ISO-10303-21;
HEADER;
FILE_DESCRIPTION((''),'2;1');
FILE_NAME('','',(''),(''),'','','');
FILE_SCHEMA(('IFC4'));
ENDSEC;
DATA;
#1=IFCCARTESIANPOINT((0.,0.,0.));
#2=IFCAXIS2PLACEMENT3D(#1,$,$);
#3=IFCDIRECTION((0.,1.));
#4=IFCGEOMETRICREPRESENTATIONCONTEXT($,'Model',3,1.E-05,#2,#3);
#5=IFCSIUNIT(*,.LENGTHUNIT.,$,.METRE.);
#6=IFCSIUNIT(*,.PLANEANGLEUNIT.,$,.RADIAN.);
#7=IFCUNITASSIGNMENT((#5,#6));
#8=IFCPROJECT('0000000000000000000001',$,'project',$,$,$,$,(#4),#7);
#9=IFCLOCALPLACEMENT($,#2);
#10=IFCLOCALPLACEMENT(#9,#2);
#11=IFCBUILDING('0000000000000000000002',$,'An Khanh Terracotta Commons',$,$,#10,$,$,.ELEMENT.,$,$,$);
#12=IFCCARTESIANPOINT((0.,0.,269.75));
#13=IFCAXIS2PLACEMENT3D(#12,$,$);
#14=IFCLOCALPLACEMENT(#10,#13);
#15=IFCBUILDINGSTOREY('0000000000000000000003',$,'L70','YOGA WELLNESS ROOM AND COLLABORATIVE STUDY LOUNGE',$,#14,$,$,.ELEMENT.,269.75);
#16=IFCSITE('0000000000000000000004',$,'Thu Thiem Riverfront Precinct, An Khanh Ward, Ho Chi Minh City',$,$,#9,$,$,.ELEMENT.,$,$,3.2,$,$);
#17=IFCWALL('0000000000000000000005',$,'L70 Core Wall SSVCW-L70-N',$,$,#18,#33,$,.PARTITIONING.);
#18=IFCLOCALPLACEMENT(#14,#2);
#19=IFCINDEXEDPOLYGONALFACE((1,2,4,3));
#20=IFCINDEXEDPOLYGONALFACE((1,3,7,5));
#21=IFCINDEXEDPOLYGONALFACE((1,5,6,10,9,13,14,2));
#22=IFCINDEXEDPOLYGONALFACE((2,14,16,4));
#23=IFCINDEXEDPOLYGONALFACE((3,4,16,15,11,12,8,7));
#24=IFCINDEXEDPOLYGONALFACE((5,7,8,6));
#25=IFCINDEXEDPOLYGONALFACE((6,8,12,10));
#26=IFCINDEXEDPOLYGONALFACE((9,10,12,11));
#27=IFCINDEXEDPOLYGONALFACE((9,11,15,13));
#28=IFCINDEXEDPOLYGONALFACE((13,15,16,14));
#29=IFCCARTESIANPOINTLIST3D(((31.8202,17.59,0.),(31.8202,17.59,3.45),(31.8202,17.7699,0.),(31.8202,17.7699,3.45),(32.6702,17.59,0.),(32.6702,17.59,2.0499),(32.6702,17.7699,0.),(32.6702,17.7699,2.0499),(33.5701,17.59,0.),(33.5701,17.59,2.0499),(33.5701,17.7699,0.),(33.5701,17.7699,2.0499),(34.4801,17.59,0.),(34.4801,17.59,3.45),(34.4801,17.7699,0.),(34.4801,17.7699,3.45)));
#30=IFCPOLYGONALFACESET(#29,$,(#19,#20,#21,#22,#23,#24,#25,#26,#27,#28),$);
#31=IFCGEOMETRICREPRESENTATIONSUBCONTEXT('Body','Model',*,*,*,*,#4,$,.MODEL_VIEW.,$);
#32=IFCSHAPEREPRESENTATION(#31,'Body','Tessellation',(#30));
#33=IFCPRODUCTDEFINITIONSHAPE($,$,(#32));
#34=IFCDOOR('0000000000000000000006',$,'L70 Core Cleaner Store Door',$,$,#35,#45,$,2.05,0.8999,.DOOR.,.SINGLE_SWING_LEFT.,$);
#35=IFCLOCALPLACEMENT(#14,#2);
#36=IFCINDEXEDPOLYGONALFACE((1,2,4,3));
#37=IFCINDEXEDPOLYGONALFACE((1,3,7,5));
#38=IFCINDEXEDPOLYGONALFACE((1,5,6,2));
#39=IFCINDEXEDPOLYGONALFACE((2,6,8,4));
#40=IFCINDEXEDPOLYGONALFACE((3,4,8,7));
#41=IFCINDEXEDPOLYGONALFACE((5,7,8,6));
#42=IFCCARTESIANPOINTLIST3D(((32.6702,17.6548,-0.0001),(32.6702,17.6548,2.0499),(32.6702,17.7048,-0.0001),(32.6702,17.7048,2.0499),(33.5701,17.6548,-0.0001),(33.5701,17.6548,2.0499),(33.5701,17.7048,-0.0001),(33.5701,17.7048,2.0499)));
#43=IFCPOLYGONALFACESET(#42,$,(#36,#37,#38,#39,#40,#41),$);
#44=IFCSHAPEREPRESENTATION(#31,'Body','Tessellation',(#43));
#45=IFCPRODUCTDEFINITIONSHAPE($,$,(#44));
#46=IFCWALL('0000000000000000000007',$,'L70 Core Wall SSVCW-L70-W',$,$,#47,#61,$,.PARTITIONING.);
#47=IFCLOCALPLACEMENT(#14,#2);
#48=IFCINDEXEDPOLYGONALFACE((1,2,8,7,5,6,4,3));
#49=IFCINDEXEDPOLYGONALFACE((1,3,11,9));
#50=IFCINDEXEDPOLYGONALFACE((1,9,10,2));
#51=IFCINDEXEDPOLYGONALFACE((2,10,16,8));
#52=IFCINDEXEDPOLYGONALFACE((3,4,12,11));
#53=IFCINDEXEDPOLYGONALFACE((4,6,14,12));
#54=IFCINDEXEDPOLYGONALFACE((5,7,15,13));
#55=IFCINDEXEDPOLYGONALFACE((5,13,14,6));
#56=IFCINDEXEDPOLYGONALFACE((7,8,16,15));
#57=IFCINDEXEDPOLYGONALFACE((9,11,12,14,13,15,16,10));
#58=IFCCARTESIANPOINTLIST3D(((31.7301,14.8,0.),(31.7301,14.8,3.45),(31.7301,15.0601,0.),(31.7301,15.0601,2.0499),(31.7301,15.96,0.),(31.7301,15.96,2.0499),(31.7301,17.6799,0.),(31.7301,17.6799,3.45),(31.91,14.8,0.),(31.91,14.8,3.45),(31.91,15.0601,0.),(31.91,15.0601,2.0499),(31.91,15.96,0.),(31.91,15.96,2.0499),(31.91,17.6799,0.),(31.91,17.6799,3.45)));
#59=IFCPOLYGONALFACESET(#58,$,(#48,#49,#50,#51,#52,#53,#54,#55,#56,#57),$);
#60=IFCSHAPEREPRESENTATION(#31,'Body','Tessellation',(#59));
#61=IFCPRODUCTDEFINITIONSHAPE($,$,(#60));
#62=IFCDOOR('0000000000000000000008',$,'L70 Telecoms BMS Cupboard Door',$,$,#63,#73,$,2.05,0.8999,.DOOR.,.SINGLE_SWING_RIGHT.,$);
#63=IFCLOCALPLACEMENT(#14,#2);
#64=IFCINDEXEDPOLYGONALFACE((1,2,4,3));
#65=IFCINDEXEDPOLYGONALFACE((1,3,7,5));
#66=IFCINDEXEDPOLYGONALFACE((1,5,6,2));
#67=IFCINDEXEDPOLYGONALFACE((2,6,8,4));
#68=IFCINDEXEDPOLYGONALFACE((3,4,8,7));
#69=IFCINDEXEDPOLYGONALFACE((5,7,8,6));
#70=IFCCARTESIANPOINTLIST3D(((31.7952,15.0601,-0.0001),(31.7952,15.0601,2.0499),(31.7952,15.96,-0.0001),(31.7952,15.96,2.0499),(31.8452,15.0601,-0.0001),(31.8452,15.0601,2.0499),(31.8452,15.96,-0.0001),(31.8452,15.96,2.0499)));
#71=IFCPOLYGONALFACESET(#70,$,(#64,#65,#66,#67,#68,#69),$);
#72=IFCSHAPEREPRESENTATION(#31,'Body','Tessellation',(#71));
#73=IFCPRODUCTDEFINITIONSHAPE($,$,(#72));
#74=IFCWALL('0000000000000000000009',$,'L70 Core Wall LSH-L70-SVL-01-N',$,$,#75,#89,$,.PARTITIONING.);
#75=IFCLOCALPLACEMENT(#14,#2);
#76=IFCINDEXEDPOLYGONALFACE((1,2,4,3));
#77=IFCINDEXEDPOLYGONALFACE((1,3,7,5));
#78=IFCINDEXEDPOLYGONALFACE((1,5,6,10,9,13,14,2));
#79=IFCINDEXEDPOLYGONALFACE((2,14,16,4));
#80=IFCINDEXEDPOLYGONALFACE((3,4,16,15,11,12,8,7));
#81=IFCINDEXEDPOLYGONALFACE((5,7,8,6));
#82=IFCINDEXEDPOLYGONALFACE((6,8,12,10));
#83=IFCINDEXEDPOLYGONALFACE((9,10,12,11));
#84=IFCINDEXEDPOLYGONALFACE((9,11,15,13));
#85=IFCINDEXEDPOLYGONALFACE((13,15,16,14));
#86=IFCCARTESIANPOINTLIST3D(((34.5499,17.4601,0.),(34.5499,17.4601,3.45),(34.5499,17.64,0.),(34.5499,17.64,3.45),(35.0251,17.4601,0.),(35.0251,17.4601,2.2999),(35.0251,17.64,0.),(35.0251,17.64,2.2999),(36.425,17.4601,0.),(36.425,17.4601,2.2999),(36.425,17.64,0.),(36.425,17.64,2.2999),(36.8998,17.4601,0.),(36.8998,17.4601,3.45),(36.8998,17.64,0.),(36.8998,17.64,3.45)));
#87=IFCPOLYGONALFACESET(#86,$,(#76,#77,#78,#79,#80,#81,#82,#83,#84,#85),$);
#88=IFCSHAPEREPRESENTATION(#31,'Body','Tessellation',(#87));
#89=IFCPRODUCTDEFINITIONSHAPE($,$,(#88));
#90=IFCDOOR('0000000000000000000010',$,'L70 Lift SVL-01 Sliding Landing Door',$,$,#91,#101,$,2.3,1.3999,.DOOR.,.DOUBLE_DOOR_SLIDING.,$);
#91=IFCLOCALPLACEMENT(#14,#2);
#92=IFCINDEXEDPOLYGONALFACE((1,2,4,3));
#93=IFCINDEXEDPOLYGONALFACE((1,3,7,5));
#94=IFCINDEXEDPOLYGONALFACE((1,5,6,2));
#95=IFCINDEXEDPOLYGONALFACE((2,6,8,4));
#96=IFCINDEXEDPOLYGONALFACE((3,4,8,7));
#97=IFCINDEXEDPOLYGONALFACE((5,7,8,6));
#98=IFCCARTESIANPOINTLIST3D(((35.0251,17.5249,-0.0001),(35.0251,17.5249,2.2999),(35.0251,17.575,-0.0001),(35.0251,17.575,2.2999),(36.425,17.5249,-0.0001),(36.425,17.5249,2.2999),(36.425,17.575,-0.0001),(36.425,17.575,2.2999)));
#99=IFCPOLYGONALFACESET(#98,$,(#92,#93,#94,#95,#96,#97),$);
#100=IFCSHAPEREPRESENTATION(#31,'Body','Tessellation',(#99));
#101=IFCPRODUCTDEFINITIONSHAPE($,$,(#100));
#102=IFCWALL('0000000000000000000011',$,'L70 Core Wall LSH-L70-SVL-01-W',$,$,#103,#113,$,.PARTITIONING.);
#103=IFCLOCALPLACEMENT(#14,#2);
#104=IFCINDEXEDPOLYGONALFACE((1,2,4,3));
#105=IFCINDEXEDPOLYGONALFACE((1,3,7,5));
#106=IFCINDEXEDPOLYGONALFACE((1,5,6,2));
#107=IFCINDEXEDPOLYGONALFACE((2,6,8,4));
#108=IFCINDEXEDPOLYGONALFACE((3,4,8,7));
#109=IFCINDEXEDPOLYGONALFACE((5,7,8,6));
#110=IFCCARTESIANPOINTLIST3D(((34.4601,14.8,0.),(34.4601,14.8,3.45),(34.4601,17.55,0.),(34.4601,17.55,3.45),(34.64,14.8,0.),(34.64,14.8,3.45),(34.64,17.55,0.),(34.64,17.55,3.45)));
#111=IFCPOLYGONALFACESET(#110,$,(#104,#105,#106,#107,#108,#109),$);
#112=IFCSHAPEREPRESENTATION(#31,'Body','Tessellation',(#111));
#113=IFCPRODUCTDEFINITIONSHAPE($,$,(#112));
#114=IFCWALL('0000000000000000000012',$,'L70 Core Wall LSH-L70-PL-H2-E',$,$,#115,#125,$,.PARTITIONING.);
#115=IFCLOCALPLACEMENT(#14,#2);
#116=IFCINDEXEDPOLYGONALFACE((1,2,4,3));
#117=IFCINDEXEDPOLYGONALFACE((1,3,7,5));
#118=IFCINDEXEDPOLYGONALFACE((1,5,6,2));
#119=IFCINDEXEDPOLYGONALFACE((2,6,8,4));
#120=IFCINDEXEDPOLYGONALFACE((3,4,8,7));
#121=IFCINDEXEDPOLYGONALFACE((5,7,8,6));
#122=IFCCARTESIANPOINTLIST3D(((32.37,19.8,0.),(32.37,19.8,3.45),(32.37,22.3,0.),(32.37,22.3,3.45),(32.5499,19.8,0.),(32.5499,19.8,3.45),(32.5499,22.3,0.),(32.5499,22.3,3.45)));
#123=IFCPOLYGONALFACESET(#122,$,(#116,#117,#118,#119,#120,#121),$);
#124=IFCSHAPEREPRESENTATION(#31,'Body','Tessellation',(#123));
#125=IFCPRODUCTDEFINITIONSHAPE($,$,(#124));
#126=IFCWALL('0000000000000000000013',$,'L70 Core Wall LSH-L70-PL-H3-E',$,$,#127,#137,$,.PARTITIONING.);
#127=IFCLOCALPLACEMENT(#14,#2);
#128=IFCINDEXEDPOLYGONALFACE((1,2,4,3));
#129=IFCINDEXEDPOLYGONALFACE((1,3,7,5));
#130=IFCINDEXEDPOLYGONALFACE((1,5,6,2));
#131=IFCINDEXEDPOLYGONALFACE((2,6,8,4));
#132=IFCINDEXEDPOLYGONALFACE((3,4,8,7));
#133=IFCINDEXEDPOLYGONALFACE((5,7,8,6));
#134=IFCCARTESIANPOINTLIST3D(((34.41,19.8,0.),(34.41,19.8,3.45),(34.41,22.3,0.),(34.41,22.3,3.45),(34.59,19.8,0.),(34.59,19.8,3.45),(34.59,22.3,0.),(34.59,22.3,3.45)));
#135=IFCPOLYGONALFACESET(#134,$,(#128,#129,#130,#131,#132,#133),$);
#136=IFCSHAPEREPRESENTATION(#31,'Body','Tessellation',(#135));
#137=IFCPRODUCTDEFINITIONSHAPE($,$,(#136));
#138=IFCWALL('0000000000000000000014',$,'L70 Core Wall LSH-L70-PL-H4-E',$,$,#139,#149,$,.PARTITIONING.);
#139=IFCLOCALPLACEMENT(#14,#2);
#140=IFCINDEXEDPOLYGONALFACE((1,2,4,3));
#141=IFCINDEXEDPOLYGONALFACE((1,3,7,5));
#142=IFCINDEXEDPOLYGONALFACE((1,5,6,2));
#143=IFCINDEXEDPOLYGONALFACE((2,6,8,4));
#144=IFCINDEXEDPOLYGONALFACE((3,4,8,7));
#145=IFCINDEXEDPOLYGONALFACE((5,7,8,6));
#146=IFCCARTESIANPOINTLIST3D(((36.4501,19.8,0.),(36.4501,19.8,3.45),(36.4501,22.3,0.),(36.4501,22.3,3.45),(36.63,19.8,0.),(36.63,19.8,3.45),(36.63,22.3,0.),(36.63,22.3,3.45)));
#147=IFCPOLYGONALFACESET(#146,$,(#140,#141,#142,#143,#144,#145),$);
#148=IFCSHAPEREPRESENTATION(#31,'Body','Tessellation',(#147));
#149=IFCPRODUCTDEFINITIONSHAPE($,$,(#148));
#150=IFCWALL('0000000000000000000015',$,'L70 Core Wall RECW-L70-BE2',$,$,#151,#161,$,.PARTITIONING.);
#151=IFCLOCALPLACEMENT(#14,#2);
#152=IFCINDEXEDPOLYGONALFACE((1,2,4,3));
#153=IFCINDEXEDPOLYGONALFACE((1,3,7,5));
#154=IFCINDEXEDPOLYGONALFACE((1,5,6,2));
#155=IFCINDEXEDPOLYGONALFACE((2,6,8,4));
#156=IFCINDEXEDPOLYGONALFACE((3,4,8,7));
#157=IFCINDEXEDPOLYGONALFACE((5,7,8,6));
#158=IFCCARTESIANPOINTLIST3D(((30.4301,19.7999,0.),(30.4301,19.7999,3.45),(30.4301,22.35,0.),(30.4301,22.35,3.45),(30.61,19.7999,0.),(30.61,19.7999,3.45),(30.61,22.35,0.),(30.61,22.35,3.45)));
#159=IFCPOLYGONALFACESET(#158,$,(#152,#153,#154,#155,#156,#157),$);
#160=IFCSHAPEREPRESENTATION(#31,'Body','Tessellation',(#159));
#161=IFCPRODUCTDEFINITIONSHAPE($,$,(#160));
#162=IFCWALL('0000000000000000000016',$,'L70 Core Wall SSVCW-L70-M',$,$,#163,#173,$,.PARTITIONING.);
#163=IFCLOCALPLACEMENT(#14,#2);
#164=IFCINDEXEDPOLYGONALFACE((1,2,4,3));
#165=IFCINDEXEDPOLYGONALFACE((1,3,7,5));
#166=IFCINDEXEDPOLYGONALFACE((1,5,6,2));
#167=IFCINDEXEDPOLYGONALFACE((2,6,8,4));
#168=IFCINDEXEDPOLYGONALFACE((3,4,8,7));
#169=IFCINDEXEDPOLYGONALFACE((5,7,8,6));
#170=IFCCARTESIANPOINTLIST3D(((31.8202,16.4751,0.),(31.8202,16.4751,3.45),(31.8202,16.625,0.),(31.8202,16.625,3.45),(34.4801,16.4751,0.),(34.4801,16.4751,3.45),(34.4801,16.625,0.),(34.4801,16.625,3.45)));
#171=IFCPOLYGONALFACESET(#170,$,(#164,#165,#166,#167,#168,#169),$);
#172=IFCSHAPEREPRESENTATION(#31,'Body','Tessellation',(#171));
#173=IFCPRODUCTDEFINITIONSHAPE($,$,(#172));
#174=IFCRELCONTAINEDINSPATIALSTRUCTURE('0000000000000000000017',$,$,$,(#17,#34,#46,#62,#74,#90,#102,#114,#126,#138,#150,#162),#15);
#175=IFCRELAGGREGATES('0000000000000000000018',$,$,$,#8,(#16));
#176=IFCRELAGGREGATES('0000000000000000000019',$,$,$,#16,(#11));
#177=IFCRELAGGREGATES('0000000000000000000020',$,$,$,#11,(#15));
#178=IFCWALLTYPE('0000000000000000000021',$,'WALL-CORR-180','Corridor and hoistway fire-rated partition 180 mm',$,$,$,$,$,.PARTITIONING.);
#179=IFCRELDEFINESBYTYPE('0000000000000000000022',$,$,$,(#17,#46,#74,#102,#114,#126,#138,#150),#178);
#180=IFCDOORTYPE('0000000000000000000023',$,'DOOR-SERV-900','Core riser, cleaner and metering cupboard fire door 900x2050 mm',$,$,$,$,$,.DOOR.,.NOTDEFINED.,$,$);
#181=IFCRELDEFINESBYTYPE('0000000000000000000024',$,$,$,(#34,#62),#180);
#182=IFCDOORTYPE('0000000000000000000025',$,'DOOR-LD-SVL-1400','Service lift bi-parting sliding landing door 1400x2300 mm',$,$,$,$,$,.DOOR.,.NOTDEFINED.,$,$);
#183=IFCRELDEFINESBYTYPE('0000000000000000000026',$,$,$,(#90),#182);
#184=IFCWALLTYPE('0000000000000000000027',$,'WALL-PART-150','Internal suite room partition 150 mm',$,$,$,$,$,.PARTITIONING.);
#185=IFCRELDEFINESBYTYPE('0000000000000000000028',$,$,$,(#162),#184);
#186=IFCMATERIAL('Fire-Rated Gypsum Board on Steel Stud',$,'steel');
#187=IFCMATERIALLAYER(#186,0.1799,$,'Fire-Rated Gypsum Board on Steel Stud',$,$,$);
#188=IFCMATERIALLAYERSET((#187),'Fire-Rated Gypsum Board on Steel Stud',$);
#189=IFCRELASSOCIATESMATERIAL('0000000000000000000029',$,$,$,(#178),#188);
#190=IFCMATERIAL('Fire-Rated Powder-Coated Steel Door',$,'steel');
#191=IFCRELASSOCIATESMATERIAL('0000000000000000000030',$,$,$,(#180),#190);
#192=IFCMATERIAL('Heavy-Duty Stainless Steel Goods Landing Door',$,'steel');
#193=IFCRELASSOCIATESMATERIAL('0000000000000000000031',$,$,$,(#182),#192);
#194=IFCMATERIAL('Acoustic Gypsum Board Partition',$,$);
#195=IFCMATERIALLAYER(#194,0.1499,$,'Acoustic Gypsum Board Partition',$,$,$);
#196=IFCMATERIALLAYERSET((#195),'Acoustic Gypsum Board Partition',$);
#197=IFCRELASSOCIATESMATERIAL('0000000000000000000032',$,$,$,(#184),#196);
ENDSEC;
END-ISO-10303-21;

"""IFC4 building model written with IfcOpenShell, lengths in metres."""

from ifc_helpers import new_model, si_unit, direction, frame, frame_2d, origin, place, context, subcontext, project, spatial, rectangle, extrude, material, layer, layer_set, type_object, element, fill, save


model = new_model("IFC4")

# Units and contexts
model_context = context("Model", 3, precision=1e-05, world=origin(), true_north=direction((0.0, 1.0)))
body_context = subcontext(model_context, "Body", "Model", "MODEL_VIEW")
ifc_project = project(units=[si_unit("LENGTHUNIT", "METRE"), si_unit("PLANEANGLEUNIT", "RADIAN")], contexts=[model_context])

# Site, building, storey
site_placement = place(None, origin())
site = spatial("IfcSite", under=ifc_project, at=site_placement, Name="Thu Thiem Riverfront Precinct, An Khanh Ward, Ho Chi Minh City", CompositionType="ELEMENT", RefElevation=3.2)
building_placement = place(site_placement, origin())
building = spatial("IfcBuilding", under=site, at=building_placement, Name="An Khanh Terracotta Commons", CompositionType="ELEMENT")
storey_placement = place(building_placement, frame((0.0, 0.0, 269.75)))
storey = spatial("IfcBuildingStorey", under=building, at=storey_placement, Name="L70", Description="YOGA WELLNESS ROOM AND COLLABORATIVE STUDY LOUNGE", CompositionType="ELEMENT", Elevation=269.75)

# Walls, openings, doors
ifc_material_1 = material(Name="Fire-Rated Gypsum Board on Steel Stud", Category="steel")
ifc_layer_1 = layer(ifc_material_1, 0.1799, Name="Fire-Rated Gypsum Board on Steel Stud")
ifc_layer_set_1 = layer_set([ifc_layer_1], Name="Fire-Rated Gypsum Board on Steel Stud")
wall_type_1 = type_object("IfcWallType", Name="WALL-CORR-180", Description="Corridor and hoistway fire-rated partition 180 mm", PredefinedType="PARTITIONING", material=ifc_layer_set_1)
wall_1_placement = place(storey_placement, frame((31.8201, 17.6799, 0.0), z_axis=(0.0, 0.0, 1.0), x_axis=(1.0, 0.0, 0.0)))
wall_1 = element("IfcWall", 1, at=wall_1_placement, inside=storey, type_object=wall_type_1, Name="L70 Core Wall SSVCW-L70-N", PredefinedType="PARTITIONING", context=body_context, shape_type="SweptSolid", body=[
    extrude(rectangle(XDim=2.6599, YDim=0.1799, at=frame_2d((1.3301, 0.0))), origin(), (0.0, 0.0, 1.0), 3.45),
])
opening_1_placement = place(wall_1_placement, frame((0.8501, 0.0, 0.0)))
opening_1 = element("IfcOpeningElement", 2, at=opening_1_placement, cuts=wall_1, PredefinedType="OPENING", context=body_context, shape_type="SweptSolid", body=[
    extrude(rectangle(XDim=0.8999, YDim=2.05, at=frame_2d((0.45, 1.0249))), frame((0.0, 0.0999, 0.0), z_axis=(0.0, -1.0, 0.0), x_axis=(1.0, 0.0, 0.0)), (0.0, 0.0, 1.0), 0.2),
])
ifc_material_2 = material(Name="Fire-Rated Powder-Coated Steel Door", Category="steel")
door_type_1 = type_object("IfcDoorType", Name="DOOR-SERV-900", Description="Core riser, cleaner and metering cupboard fire door 900x2050 mm", OperationType="NOTDEFINED", PredefinedType="DOOR", material=ifc_material_2)
door_1_placement = place(opening_1_placement, origin())
door_1 = element("IfcDoor", 3, at=door_1_placement, inside=storey, type_object=door_type_1, Name="L70 Core Cleaner Store Door", OperationType="SINGLE_SWING_LEFT", OverallHeight=2.05, OverallWidth=0.8999, PredefinedType="DOOR", context=body_context, shape_type="SweptSolid", body=[
    extrude(rectangle(XDim=0.8999, YDim=2.05, at=frame_2d((0.45, 1.0249))), frame((0.0, 0.0249, 0.0), z_axis=(0.0, -1.0, 0.0), x_axis=(1.0, 0.0, 0.0)), (0.0, 0.0, 1.0), 0.05),
])
fill(opening_1, door_1)
wall_2_placement = place(storey_placement, frame((31.8201, 14.8, 0.0), z_axis=(0.0, 0.0, 1.0), x_axis=(0.0, 1.0, 0.0)))
wall_2 = element("IfcWall", 4, at=wall_2_placement, inside=storey, type_object=wall_type_1, Name="L70 Core Wall SSVCW-L70-W", PredefinedType="PARTITIONING", context=body_context, shape_type="SweptSolid", body=[
    extrude(rectangle(XDim=2.8799, YDim=0.1799, at=frame_2d((1.4399, 0.0))), origin(), (0.0, 0.0, 1.0), 3.45),
])
opening_2_placement = place(wall_2_placement, frame((0.26, 0.0, 0.0)))
opening_2 = element("IfcOpeningElement", 5, at=opening_2_placement, cuts=wall_2, PredefinedType="OPENING", context=body_context, shape_type="SweptSolid", body=[
    extrude(rectangle(XDim=0.8999, YDim=2.05, at=frame_2d((0.45, 1.0249))), frame((0.0, 0.0999, 0.0), z_axis=(0.0, -1.0, 0.0), x_axis=(1.0, 0.0, 0.0)), (0.0, 0.0, 1.0), 0.2),
])
door_2_placement = place(opening_2_placement, origin())
door_2 = element("IfcDoor", 6, at=door_2_placement, inside=storey, type_object=door_type_1, Name="L70 Telecoms BMS Cupboard Door", OperationType="SINGLE_SWING_RIGHT", OverallHeight=2.05, OverallWidth=0.8999, PredefinedType="DOOR", context=body_context, shape_type="SweptSolid", body=[
    extrude(rectangle(XDim=0.8999, YDim=2.05, at=frame_2d((0.45, 1.0249))), frame((0.0, 0.0249, 0.0), z_axis=(0.0, -1.0, 0.0), x_axis=(1.0, 0.0, 0.0)), (0.0, 0.0, 1.0), 0.05),
])
fill(opening_2, door_2)
wall_3_placement = place(storey_placement, frame((34.55, 17.55, 0.0), z_axis=(0.0, 0.0, 1.0), x_axis=(1.0, 0.0, 0.0)))
wall_3 = element("IfcWall", 7, at=wall_3_placement, inside=storey, type_object=wall_type_1, Name="L70 Core Wall LSH-L70-SVL-01-N", PredefinedType="PARTITIONING", context=body_context, shape_type="SweptSolid", body=[
    extrude(rectangle(XDim=2.3499, YDim=0.1799, at=frame_2d((1.1748, 0.0))), origin(), (0.0, 0.0, 1.0), 3.45),
])
opening_3_placement = place(wall_3_placement, frame((0.4751, 0.0, 0.0)))
opening_3 = element("IfcOpeningElement", 8, at=opening_3_placement, cuts=wall_3, PredefinedType="OPENING", context=body_context, shape_type="SweptSolid", body=[
    extrude(rectangle(XDim=1.3999, YDim=2.3, at=frame_2d((0.7, 1.1499))), frame((0.0, 0.0999, 0.0), z_axis=(0.0, -1.0, 0.0), x_axis=(1.0, 0.0, 0.0)), (0.0, 0.0, 1.0), 0.2),
])
ifc_material_3 = material(Name="Heavy-Duty Stainless Steel Goods Landing Door", Category="steel")
door_type_2 = type_object("IfcDoorType", Name="DOOR-LD-SVL-1400", Description="Service lift bi-parting sliding landing door 1400x2300 mm", OperationType="NOTDEFINED", PredefinedType="DOOR", material=ifc_material_3)
door_3_placement = place(opening_3_placement, origin())
door_3 = element("IfcDoor", 9, at=door_3_placement, inside=storey, type_object=door_type_2, Name="L70 Lift SVL-01 Sliding Landing Door", OperationType="DOUBLE_DOOR_SLIDING", OverallHeight=2.3, OverallWidth=1.3999, PredefinedType="DOOR", context=body_context, shape_type="SweptSolid", body=[
    extrude(rectangle(XDim=1.3999, YDim=2.3, at=frame_2d((0.7, 1.1499))), frame((0.0, 0.0249, 0.0), z_axis=(0.0, -1.0, 0.0), x_axis=(1.0, 0.0, 0.0)), (0.0, 0.0, 1.0), 0.05),
])
fill(opening_3, door_3)

# Walls
wall_4_placement = place(storey_placement, frame((34.55, 17.55, 0.0), z_axis=(0.0, 0.0, 1.0), x_axis=(0.0, -1.0, 0.0)))
element("IfcWall", 10, at=wall_4_placement, inside=storey, type_object=wall_type_1, Name="L70 Core Wall LSH-L70-SVL-01-W", PredefinedType="PARTITIONING", context=body_context, shape_type="SweptSolid", body=[
    extrude(rectangle(XDim=2.75, YDim=0.1799, at=frame_2d((1.375, 0.0))), origin(), (0.0, 0.0, 1.0), 3.45),
])
for number, where, z_axis, x_axis, name in (
    (11, (32.46, 19.8, 0.0), (0.0, 0.0, 1.0), (0.0, 1.0, 0.0), "L70 Core Wall LSH-L70-PL-H2-E"),
    (12, (34.5, 19.8, 0.0), (0.0, 0.0, 1.0), (0.0, 1.0, 0.0), "L70 Core Wall LSH-L70-PL-H3-E"),
    (13, (36.54, 19.8, 0.0), (0.0, 0.0, 1.0), (0.0, 1.0, 0.0), "L70 Core Wall LSH-L70-PL-H4-E"),
):
    element("IfcWall", number, at=place(storey_placement, frame(where, z_axis=z_axis, x_axis=x_axis)), inside=storey, type_object=wall_type_1, Name=name, PredefinedType="PARTITIONING", context=body_context, shape_type="SweptSolid", body=[
        extrude(rectangle(XDim=2.5, YDim=0.1799, at=frame_2d((1.25, 0.0))), origin(), (0.0, 0.0, 1.0), 3.45),
    ])
wall_5_placement = place(storey_placement, frame((30.52, 19.8, 0.0), z_axis=(0.0, 0.0, 1.0), x_axis=(0.0, 1.0, 0.0)))
element("IfcWall", 14, at=wall_5_placement, inside=storey, type_object=wall_type_1, Name="L70 Core Wall RECW-L70-BE2", PredefinedType="PARTITIONING", context=body_context, shape_type="SweptSolid", body=[
    extrude(rectangle(XDim=2.55, YDim=0.1799, at=frame_2d((1.2749, 0.0))), origin(), (0.0, 0.0, 1.0), 3.45),
])
ifc_material_4 = material(Name="Acoustic Gypsum Board Partition")
ifc_layer_2 = layer(ifc_material_4, 0.1499, Name="Acoustic Gypsum Board Partition")
ifc_layer_set_2 = layer_set([ifc_layer_2], Name="Acoustic Gypsum Board Partition")
wall_type_2 = type_object("IfcWallType", Name="WALL-PART-150", Description="Internal suite room partition 150 mm", PredefinedType="PARTITIONING", material=ifc_layer_set_2)
wall_6_placement = place(storey_placement, frame((31.8201, 16.55, 0.0), z_axis=(0.0, 0.0, 1.0), x_axis=(1.0, 0.0, 0.0)))
element("IfcWall", 15, at=wall_6_placement, inside=storey, type_object=wall_type_2, Name="L70 Core Wall SSVCW-L70-M", PredefinedType="PARTITIONING", context=body_context, shape_type="SweptSolid", body=[
    extrude(rectangle(XDim=2.6599, YDim=0.1499, at=frame_2d((1.3301, 0.0))), origin(), (0.0, 0.0, 1.0), 3.45),
])

save(model, "model.ifc")
